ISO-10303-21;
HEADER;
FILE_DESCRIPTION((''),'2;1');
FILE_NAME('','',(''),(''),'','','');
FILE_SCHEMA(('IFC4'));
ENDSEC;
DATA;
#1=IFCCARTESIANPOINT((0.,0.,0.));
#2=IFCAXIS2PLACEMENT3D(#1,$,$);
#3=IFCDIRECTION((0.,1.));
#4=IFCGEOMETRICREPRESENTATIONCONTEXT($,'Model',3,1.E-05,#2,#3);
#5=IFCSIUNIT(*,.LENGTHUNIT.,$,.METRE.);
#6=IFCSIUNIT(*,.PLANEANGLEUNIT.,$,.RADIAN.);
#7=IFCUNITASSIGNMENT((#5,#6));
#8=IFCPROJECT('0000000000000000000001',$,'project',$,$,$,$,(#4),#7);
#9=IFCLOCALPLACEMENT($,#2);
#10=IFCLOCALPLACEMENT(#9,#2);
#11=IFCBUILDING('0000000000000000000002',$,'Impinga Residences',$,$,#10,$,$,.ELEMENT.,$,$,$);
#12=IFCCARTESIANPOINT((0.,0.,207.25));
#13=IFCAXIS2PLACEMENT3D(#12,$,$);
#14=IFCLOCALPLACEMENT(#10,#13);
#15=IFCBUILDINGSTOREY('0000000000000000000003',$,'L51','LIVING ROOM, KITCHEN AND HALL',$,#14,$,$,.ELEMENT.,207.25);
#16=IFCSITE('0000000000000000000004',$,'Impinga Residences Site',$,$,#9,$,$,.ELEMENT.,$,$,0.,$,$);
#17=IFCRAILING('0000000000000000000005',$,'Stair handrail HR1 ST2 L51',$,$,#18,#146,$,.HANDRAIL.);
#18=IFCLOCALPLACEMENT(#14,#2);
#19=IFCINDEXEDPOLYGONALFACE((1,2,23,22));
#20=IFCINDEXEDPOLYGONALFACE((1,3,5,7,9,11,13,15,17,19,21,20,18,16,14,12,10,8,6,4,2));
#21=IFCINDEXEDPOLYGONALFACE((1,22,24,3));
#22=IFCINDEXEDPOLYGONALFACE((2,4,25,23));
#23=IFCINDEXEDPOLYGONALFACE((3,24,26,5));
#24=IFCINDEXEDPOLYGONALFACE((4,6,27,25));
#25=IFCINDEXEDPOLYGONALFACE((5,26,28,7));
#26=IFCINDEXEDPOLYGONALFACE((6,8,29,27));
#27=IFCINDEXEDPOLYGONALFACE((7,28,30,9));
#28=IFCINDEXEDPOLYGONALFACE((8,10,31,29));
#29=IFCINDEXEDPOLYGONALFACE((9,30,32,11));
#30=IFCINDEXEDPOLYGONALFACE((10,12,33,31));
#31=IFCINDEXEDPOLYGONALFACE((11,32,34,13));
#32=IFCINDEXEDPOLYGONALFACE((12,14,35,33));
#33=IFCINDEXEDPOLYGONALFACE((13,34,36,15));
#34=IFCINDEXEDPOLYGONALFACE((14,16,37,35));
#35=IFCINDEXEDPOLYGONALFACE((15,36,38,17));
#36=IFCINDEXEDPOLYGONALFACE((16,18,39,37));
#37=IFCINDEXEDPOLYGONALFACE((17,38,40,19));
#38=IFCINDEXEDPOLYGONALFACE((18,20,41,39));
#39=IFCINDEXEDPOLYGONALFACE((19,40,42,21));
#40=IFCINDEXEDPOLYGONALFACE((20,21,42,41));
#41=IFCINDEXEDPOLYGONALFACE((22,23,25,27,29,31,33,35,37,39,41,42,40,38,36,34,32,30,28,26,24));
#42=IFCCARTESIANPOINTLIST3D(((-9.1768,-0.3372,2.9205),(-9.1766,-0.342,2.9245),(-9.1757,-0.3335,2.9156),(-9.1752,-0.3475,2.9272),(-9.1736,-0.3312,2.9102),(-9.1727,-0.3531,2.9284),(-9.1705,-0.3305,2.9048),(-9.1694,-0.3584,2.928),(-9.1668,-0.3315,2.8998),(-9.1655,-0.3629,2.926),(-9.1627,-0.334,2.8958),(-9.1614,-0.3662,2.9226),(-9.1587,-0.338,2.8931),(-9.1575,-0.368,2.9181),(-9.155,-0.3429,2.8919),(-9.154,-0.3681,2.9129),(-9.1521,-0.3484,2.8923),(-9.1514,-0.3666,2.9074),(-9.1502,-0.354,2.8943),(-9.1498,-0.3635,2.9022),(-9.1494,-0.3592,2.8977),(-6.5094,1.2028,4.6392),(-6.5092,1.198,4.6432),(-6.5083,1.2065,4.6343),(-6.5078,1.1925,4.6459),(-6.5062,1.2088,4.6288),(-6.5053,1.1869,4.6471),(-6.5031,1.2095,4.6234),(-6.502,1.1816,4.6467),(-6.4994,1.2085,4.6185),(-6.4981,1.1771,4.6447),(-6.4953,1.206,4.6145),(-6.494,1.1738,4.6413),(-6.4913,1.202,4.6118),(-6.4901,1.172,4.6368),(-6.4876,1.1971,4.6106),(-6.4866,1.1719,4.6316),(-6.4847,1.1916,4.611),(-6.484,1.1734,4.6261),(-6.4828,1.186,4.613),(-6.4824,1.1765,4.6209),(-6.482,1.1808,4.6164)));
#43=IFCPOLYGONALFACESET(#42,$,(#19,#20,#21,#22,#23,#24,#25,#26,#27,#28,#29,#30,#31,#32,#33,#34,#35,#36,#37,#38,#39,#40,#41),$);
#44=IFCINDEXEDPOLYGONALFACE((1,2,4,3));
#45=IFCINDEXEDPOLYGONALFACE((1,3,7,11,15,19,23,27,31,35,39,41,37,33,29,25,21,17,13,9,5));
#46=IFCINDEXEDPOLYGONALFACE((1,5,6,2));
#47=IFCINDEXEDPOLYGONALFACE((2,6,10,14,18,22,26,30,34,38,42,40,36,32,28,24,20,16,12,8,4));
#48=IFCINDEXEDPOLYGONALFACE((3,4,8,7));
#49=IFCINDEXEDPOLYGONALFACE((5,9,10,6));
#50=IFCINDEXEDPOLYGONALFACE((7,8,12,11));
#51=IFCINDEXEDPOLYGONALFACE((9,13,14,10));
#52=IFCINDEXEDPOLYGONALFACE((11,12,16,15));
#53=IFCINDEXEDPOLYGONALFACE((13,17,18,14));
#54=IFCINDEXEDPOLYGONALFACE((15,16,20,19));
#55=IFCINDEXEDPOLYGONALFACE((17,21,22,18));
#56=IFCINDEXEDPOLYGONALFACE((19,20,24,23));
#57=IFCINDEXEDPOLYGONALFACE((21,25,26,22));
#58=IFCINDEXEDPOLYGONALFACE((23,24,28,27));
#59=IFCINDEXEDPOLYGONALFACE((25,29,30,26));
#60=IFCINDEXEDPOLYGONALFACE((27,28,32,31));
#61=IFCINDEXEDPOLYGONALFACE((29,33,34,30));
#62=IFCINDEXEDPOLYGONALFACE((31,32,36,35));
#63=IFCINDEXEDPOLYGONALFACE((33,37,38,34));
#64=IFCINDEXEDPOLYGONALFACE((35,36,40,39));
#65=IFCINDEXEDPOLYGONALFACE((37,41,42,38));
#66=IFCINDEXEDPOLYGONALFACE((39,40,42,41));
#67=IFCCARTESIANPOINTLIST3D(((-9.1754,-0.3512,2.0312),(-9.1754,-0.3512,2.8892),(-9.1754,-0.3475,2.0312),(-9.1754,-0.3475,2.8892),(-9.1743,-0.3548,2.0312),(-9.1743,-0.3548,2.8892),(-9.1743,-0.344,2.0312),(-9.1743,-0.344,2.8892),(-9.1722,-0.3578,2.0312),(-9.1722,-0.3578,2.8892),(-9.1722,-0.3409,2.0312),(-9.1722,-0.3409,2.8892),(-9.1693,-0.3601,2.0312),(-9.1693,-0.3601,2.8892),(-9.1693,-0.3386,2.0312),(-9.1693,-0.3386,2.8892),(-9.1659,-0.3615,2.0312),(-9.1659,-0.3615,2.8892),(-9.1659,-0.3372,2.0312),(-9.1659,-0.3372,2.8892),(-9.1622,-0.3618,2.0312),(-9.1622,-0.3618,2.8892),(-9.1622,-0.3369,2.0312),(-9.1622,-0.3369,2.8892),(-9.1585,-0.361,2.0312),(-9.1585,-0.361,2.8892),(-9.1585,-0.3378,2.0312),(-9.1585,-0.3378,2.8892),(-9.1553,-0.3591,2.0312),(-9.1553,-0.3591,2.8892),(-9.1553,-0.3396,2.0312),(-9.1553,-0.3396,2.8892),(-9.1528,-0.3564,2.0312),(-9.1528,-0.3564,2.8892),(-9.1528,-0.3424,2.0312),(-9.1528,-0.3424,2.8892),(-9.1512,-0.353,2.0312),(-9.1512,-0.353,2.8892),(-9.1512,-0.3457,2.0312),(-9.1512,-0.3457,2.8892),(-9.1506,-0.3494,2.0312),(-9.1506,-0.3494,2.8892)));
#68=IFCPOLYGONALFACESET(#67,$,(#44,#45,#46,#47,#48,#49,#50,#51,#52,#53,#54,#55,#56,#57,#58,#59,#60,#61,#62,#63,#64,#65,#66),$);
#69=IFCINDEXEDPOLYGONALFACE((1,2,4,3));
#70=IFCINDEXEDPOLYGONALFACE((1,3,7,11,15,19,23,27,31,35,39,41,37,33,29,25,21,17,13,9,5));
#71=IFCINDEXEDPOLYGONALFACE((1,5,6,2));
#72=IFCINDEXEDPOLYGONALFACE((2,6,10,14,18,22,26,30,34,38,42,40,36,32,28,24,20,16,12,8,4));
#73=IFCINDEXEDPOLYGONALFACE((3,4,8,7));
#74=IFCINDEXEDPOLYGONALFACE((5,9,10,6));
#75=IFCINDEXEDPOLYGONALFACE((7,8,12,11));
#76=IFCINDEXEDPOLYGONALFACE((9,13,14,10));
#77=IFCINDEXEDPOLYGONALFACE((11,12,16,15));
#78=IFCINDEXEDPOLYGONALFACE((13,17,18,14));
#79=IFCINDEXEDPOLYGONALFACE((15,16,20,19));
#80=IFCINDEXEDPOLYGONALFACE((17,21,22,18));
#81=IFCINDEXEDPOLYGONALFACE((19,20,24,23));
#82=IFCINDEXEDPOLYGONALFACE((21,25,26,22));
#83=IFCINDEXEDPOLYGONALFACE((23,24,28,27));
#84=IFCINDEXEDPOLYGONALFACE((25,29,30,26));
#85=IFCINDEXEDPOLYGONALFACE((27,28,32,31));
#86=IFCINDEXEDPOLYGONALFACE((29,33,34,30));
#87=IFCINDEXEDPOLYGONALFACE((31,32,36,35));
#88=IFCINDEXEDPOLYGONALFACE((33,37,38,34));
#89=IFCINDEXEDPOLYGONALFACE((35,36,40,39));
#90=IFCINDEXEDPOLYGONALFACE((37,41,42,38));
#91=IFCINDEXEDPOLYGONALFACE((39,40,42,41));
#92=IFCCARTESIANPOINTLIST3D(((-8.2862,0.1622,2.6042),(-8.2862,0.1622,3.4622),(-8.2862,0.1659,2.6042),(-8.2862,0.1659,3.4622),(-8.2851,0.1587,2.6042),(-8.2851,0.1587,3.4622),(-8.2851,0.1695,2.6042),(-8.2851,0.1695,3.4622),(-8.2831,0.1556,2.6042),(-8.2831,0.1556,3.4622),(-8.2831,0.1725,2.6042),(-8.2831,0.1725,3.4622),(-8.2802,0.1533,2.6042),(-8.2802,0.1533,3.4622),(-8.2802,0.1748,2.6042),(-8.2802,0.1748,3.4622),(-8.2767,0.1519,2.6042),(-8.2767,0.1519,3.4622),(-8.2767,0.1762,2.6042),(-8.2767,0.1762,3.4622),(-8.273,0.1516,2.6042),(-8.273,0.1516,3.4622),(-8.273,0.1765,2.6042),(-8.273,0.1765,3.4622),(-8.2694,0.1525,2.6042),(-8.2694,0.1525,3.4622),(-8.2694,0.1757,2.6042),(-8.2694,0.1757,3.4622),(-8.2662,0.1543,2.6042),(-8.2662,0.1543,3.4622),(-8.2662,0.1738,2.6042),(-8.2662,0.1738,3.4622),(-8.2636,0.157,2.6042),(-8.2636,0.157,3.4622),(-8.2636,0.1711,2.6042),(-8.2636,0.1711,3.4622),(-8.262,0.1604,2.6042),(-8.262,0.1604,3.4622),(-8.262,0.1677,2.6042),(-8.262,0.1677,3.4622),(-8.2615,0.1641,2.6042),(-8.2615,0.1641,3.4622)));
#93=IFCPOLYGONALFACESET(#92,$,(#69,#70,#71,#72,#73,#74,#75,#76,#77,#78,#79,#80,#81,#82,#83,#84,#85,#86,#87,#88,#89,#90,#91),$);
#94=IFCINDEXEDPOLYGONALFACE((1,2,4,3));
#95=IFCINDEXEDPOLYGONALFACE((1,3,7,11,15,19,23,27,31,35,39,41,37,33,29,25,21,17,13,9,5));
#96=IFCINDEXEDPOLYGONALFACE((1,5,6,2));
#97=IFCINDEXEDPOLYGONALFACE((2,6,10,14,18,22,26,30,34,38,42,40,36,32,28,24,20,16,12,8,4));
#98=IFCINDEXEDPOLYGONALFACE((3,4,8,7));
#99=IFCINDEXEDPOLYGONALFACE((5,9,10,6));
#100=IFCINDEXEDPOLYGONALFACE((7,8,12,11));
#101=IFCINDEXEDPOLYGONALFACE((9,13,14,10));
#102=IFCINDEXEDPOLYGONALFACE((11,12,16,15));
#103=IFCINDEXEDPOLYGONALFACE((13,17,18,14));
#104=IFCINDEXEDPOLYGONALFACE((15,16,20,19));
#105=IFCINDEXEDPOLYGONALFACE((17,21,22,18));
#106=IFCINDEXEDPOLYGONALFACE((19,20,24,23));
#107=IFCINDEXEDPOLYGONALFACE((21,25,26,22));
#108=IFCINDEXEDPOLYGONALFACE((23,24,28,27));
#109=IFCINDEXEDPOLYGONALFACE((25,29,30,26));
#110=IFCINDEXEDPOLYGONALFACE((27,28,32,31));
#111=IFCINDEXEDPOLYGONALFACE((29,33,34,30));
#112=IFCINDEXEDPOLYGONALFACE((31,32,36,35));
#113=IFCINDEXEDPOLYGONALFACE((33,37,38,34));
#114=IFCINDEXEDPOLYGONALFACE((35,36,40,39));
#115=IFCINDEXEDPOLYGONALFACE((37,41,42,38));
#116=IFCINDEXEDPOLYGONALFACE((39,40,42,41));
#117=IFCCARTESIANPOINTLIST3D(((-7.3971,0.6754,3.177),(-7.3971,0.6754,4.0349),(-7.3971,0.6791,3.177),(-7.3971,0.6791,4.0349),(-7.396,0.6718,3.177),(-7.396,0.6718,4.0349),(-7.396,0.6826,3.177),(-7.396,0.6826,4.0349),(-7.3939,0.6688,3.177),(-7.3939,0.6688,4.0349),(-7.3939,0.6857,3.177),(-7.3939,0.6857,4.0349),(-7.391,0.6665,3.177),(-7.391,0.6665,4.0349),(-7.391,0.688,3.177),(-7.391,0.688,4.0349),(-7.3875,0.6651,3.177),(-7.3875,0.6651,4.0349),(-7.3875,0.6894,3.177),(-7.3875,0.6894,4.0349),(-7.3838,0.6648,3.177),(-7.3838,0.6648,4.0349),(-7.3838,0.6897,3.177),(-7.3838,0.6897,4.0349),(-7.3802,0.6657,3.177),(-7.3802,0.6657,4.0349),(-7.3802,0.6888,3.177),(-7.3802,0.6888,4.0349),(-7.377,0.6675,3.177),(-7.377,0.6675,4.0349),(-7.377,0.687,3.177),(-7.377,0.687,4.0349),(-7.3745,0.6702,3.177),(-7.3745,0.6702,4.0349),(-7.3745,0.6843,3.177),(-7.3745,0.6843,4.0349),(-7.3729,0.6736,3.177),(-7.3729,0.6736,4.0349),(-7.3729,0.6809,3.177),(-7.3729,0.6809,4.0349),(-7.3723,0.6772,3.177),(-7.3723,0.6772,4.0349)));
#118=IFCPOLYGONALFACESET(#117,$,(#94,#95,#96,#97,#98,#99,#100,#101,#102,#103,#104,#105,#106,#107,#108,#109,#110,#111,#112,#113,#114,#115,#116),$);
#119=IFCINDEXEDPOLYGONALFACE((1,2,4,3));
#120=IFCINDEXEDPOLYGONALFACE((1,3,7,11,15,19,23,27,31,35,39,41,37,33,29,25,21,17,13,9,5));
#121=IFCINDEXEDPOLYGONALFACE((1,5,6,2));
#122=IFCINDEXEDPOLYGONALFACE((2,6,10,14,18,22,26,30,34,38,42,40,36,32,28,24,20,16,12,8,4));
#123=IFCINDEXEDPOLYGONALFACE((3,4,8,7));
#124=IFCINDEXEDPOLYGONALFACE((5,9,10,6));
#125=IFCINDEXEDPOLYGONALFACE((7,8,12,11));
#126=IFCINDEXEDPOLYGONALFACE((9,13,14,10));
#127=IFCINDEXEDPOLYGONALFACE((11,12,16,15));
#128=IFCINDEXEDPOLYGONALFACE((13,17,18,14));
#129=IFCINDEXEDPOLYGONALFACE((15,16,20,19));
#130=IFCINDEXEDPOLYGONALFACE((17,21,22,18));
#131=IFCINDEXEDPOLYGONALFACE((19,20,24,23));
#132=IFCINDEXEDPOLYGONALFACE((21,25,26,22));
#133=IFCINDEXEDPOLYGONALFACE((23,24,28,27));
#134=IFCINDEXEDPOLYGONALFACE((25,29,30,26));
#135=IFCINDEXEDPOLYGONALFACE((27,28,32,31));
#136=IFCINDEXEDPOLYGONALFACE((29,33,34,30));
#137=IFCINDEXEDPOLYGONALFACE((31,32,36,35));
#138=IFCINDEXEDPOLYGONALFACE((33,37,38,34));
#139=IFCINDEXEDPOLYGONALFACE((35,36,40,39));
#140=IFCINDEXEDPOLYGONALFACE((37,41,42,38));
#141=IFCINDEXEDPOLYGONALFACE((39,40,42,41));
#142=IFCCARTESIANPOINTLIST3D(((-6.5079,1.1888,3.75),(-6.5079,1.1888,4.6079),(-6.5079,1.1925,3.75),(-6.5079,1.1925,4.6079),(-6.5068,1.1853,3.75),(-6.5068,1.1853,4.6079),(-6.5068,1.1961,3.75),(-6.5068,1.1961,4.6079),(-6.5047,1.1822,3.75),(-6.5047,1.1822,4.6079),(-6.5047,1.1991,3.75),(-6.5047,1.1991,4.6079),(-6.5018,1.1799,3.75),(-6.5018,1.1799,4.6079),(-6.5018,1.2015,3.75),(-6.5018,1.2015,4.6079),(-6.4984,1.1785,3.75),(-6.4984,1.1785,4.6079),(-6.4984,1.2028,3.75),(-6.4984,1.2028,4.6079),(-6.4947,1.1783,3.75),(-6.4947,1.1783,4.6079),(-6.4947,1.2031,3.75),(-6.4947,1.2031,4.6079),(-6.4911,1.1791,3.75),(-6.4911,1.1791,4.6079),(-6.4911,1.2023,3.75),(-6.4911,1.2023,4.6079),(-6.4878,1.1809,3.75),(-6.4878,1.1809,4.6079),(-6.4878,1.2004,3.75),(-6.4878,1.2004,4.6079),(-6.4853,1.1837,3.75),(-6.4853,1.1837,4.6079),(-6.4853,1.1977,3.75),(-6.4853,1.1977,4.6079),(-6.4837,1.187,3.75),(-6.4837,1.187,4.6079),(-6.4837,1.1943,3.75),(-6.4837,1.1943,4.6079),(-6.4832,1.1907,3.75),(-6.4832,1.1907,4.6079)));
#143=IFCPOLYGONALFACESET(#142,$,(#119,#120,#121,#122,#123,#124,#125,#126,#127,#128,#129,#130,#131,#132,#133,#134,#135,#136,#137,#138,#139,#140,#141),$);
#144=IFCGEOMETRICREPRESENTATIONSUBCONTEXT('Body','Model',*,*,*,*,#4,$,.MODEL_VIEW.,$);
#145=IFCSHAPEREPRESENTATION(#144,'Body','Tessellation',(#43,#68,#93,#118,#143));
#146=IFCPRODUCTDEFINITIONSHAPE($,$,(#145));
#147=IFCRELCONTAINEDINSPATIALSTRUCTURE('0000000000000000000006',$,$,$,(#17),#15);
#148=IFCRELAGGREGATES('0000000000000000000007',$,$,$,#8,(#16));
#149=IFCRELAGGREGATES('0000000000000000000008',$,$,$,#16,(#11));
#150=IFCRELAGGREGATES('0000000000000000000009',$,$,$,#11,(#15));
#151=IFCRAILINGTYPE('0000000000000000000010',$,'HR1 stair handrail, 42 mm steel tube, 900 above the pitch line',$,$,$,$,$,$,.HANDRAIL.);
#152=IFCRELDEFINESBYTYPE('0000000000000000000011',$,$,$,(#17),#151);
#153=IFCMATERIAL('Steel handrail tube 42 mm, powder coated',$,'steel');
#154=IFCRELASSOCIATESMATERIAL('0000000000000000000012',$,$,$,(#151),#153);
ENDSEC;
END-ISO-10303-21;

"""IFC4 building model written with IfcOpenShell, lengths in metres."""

from ifc_helpers import new_model, si_unit, direction, frame, origin, origin_2d, place, context, subcontext, project, spatial, circle, extrude, material, type_object, element, save


model = new_model("IFC4")

# Units and contexts
model_context = context("Model", 3, precision=1e-05, world=origin(), true_north=direction((0.0, 1.0)))
body_context = subcontext(model_context, "Body", "Model", "MODEL_VIEW")
ifc_project = project(units=[si_unit("LENGTHUNIT", "METRE"), si_unit("PLANEANGLEUNIT", "RADIAN")], contexts=[model_context])

# Site, building, storey
site_placement = place(None, origin())
site = spatial("IfcSite", under=ifc_project, at=site_placement, Name="Impinga Residences Site", CompositionType="ELEMENT", RefElevation=0.0)
building_placement = place(site_placement, origin())
building = spatial("IfcBuilding", under=site, at=building_placement, Name="Impinga Residences", CompositionType="ELEMENT")
storey_placement = place(building_placement, frame((0.0, 0.0, 207.25)))
storey = spatial("IfcBuildingStorey", under=building, at=storey_placement, Name="L51", Description="LIVING ROOM, KITCHEN AND HALL", CompositionType="ELEMENT", Elevation=207.25)

# Railing
ifc_material_1 = material(Name="Steel handrail tube 42 mm, powder coated", Category="steel")
railing_type_1 = type_object("IfcRailingType", Name="HR1 stair handrail, 42 mm steel tube, 900 above the pitch line", PredefinedType="HANDRAIL", material=ifc_material_1)
railing_1_placement = place(storey_placement, frame((-9.1631, -0.3494, 2.0312)))
element("IfcRailing", 1, at=railing_1_placement, inside=storey, type_object=railing_type_1, Name="Stair handrail HR1 ST2 L51", PredefinedType="HANDRAIL", context=body_context, shape_type="SweptSolid", body=[
    extrude(circle(Radius=0.021, at=origin_2d()), frame((0.0, 0.0, 0.8789), z_axis=(0.756256, 0.436616, 0.487282), x_axis=(-0.499992, 0.86603, 0.0)), (0.0, 0.0, 1.0), 3.5271),
    extrude(circle(Radius=0.0125, at=origin_2d()), origin(), (0.0, 0.0, 1.0), 0.8579),
    extrude(circle(Radius=0.0125, at=origin_2d()), frame((0.8892, 0.5134, 0.573)), (0.0, 0.0, 1.0), 0.8579),
    extrude(circle(Radius=0.0125, at=origin_2d()), frame((1.7783, 1.0266, 1.1458)), (0.0, 0.0, 1.0), 0.8579),
    extrude(circle(Radius=0.0125, at=origin_2d()), frame((2.6675, 1.54, 1.7188)), (0.0, 0.0, 1.0), 0.8579),
])

save(model, "model.ifc")
